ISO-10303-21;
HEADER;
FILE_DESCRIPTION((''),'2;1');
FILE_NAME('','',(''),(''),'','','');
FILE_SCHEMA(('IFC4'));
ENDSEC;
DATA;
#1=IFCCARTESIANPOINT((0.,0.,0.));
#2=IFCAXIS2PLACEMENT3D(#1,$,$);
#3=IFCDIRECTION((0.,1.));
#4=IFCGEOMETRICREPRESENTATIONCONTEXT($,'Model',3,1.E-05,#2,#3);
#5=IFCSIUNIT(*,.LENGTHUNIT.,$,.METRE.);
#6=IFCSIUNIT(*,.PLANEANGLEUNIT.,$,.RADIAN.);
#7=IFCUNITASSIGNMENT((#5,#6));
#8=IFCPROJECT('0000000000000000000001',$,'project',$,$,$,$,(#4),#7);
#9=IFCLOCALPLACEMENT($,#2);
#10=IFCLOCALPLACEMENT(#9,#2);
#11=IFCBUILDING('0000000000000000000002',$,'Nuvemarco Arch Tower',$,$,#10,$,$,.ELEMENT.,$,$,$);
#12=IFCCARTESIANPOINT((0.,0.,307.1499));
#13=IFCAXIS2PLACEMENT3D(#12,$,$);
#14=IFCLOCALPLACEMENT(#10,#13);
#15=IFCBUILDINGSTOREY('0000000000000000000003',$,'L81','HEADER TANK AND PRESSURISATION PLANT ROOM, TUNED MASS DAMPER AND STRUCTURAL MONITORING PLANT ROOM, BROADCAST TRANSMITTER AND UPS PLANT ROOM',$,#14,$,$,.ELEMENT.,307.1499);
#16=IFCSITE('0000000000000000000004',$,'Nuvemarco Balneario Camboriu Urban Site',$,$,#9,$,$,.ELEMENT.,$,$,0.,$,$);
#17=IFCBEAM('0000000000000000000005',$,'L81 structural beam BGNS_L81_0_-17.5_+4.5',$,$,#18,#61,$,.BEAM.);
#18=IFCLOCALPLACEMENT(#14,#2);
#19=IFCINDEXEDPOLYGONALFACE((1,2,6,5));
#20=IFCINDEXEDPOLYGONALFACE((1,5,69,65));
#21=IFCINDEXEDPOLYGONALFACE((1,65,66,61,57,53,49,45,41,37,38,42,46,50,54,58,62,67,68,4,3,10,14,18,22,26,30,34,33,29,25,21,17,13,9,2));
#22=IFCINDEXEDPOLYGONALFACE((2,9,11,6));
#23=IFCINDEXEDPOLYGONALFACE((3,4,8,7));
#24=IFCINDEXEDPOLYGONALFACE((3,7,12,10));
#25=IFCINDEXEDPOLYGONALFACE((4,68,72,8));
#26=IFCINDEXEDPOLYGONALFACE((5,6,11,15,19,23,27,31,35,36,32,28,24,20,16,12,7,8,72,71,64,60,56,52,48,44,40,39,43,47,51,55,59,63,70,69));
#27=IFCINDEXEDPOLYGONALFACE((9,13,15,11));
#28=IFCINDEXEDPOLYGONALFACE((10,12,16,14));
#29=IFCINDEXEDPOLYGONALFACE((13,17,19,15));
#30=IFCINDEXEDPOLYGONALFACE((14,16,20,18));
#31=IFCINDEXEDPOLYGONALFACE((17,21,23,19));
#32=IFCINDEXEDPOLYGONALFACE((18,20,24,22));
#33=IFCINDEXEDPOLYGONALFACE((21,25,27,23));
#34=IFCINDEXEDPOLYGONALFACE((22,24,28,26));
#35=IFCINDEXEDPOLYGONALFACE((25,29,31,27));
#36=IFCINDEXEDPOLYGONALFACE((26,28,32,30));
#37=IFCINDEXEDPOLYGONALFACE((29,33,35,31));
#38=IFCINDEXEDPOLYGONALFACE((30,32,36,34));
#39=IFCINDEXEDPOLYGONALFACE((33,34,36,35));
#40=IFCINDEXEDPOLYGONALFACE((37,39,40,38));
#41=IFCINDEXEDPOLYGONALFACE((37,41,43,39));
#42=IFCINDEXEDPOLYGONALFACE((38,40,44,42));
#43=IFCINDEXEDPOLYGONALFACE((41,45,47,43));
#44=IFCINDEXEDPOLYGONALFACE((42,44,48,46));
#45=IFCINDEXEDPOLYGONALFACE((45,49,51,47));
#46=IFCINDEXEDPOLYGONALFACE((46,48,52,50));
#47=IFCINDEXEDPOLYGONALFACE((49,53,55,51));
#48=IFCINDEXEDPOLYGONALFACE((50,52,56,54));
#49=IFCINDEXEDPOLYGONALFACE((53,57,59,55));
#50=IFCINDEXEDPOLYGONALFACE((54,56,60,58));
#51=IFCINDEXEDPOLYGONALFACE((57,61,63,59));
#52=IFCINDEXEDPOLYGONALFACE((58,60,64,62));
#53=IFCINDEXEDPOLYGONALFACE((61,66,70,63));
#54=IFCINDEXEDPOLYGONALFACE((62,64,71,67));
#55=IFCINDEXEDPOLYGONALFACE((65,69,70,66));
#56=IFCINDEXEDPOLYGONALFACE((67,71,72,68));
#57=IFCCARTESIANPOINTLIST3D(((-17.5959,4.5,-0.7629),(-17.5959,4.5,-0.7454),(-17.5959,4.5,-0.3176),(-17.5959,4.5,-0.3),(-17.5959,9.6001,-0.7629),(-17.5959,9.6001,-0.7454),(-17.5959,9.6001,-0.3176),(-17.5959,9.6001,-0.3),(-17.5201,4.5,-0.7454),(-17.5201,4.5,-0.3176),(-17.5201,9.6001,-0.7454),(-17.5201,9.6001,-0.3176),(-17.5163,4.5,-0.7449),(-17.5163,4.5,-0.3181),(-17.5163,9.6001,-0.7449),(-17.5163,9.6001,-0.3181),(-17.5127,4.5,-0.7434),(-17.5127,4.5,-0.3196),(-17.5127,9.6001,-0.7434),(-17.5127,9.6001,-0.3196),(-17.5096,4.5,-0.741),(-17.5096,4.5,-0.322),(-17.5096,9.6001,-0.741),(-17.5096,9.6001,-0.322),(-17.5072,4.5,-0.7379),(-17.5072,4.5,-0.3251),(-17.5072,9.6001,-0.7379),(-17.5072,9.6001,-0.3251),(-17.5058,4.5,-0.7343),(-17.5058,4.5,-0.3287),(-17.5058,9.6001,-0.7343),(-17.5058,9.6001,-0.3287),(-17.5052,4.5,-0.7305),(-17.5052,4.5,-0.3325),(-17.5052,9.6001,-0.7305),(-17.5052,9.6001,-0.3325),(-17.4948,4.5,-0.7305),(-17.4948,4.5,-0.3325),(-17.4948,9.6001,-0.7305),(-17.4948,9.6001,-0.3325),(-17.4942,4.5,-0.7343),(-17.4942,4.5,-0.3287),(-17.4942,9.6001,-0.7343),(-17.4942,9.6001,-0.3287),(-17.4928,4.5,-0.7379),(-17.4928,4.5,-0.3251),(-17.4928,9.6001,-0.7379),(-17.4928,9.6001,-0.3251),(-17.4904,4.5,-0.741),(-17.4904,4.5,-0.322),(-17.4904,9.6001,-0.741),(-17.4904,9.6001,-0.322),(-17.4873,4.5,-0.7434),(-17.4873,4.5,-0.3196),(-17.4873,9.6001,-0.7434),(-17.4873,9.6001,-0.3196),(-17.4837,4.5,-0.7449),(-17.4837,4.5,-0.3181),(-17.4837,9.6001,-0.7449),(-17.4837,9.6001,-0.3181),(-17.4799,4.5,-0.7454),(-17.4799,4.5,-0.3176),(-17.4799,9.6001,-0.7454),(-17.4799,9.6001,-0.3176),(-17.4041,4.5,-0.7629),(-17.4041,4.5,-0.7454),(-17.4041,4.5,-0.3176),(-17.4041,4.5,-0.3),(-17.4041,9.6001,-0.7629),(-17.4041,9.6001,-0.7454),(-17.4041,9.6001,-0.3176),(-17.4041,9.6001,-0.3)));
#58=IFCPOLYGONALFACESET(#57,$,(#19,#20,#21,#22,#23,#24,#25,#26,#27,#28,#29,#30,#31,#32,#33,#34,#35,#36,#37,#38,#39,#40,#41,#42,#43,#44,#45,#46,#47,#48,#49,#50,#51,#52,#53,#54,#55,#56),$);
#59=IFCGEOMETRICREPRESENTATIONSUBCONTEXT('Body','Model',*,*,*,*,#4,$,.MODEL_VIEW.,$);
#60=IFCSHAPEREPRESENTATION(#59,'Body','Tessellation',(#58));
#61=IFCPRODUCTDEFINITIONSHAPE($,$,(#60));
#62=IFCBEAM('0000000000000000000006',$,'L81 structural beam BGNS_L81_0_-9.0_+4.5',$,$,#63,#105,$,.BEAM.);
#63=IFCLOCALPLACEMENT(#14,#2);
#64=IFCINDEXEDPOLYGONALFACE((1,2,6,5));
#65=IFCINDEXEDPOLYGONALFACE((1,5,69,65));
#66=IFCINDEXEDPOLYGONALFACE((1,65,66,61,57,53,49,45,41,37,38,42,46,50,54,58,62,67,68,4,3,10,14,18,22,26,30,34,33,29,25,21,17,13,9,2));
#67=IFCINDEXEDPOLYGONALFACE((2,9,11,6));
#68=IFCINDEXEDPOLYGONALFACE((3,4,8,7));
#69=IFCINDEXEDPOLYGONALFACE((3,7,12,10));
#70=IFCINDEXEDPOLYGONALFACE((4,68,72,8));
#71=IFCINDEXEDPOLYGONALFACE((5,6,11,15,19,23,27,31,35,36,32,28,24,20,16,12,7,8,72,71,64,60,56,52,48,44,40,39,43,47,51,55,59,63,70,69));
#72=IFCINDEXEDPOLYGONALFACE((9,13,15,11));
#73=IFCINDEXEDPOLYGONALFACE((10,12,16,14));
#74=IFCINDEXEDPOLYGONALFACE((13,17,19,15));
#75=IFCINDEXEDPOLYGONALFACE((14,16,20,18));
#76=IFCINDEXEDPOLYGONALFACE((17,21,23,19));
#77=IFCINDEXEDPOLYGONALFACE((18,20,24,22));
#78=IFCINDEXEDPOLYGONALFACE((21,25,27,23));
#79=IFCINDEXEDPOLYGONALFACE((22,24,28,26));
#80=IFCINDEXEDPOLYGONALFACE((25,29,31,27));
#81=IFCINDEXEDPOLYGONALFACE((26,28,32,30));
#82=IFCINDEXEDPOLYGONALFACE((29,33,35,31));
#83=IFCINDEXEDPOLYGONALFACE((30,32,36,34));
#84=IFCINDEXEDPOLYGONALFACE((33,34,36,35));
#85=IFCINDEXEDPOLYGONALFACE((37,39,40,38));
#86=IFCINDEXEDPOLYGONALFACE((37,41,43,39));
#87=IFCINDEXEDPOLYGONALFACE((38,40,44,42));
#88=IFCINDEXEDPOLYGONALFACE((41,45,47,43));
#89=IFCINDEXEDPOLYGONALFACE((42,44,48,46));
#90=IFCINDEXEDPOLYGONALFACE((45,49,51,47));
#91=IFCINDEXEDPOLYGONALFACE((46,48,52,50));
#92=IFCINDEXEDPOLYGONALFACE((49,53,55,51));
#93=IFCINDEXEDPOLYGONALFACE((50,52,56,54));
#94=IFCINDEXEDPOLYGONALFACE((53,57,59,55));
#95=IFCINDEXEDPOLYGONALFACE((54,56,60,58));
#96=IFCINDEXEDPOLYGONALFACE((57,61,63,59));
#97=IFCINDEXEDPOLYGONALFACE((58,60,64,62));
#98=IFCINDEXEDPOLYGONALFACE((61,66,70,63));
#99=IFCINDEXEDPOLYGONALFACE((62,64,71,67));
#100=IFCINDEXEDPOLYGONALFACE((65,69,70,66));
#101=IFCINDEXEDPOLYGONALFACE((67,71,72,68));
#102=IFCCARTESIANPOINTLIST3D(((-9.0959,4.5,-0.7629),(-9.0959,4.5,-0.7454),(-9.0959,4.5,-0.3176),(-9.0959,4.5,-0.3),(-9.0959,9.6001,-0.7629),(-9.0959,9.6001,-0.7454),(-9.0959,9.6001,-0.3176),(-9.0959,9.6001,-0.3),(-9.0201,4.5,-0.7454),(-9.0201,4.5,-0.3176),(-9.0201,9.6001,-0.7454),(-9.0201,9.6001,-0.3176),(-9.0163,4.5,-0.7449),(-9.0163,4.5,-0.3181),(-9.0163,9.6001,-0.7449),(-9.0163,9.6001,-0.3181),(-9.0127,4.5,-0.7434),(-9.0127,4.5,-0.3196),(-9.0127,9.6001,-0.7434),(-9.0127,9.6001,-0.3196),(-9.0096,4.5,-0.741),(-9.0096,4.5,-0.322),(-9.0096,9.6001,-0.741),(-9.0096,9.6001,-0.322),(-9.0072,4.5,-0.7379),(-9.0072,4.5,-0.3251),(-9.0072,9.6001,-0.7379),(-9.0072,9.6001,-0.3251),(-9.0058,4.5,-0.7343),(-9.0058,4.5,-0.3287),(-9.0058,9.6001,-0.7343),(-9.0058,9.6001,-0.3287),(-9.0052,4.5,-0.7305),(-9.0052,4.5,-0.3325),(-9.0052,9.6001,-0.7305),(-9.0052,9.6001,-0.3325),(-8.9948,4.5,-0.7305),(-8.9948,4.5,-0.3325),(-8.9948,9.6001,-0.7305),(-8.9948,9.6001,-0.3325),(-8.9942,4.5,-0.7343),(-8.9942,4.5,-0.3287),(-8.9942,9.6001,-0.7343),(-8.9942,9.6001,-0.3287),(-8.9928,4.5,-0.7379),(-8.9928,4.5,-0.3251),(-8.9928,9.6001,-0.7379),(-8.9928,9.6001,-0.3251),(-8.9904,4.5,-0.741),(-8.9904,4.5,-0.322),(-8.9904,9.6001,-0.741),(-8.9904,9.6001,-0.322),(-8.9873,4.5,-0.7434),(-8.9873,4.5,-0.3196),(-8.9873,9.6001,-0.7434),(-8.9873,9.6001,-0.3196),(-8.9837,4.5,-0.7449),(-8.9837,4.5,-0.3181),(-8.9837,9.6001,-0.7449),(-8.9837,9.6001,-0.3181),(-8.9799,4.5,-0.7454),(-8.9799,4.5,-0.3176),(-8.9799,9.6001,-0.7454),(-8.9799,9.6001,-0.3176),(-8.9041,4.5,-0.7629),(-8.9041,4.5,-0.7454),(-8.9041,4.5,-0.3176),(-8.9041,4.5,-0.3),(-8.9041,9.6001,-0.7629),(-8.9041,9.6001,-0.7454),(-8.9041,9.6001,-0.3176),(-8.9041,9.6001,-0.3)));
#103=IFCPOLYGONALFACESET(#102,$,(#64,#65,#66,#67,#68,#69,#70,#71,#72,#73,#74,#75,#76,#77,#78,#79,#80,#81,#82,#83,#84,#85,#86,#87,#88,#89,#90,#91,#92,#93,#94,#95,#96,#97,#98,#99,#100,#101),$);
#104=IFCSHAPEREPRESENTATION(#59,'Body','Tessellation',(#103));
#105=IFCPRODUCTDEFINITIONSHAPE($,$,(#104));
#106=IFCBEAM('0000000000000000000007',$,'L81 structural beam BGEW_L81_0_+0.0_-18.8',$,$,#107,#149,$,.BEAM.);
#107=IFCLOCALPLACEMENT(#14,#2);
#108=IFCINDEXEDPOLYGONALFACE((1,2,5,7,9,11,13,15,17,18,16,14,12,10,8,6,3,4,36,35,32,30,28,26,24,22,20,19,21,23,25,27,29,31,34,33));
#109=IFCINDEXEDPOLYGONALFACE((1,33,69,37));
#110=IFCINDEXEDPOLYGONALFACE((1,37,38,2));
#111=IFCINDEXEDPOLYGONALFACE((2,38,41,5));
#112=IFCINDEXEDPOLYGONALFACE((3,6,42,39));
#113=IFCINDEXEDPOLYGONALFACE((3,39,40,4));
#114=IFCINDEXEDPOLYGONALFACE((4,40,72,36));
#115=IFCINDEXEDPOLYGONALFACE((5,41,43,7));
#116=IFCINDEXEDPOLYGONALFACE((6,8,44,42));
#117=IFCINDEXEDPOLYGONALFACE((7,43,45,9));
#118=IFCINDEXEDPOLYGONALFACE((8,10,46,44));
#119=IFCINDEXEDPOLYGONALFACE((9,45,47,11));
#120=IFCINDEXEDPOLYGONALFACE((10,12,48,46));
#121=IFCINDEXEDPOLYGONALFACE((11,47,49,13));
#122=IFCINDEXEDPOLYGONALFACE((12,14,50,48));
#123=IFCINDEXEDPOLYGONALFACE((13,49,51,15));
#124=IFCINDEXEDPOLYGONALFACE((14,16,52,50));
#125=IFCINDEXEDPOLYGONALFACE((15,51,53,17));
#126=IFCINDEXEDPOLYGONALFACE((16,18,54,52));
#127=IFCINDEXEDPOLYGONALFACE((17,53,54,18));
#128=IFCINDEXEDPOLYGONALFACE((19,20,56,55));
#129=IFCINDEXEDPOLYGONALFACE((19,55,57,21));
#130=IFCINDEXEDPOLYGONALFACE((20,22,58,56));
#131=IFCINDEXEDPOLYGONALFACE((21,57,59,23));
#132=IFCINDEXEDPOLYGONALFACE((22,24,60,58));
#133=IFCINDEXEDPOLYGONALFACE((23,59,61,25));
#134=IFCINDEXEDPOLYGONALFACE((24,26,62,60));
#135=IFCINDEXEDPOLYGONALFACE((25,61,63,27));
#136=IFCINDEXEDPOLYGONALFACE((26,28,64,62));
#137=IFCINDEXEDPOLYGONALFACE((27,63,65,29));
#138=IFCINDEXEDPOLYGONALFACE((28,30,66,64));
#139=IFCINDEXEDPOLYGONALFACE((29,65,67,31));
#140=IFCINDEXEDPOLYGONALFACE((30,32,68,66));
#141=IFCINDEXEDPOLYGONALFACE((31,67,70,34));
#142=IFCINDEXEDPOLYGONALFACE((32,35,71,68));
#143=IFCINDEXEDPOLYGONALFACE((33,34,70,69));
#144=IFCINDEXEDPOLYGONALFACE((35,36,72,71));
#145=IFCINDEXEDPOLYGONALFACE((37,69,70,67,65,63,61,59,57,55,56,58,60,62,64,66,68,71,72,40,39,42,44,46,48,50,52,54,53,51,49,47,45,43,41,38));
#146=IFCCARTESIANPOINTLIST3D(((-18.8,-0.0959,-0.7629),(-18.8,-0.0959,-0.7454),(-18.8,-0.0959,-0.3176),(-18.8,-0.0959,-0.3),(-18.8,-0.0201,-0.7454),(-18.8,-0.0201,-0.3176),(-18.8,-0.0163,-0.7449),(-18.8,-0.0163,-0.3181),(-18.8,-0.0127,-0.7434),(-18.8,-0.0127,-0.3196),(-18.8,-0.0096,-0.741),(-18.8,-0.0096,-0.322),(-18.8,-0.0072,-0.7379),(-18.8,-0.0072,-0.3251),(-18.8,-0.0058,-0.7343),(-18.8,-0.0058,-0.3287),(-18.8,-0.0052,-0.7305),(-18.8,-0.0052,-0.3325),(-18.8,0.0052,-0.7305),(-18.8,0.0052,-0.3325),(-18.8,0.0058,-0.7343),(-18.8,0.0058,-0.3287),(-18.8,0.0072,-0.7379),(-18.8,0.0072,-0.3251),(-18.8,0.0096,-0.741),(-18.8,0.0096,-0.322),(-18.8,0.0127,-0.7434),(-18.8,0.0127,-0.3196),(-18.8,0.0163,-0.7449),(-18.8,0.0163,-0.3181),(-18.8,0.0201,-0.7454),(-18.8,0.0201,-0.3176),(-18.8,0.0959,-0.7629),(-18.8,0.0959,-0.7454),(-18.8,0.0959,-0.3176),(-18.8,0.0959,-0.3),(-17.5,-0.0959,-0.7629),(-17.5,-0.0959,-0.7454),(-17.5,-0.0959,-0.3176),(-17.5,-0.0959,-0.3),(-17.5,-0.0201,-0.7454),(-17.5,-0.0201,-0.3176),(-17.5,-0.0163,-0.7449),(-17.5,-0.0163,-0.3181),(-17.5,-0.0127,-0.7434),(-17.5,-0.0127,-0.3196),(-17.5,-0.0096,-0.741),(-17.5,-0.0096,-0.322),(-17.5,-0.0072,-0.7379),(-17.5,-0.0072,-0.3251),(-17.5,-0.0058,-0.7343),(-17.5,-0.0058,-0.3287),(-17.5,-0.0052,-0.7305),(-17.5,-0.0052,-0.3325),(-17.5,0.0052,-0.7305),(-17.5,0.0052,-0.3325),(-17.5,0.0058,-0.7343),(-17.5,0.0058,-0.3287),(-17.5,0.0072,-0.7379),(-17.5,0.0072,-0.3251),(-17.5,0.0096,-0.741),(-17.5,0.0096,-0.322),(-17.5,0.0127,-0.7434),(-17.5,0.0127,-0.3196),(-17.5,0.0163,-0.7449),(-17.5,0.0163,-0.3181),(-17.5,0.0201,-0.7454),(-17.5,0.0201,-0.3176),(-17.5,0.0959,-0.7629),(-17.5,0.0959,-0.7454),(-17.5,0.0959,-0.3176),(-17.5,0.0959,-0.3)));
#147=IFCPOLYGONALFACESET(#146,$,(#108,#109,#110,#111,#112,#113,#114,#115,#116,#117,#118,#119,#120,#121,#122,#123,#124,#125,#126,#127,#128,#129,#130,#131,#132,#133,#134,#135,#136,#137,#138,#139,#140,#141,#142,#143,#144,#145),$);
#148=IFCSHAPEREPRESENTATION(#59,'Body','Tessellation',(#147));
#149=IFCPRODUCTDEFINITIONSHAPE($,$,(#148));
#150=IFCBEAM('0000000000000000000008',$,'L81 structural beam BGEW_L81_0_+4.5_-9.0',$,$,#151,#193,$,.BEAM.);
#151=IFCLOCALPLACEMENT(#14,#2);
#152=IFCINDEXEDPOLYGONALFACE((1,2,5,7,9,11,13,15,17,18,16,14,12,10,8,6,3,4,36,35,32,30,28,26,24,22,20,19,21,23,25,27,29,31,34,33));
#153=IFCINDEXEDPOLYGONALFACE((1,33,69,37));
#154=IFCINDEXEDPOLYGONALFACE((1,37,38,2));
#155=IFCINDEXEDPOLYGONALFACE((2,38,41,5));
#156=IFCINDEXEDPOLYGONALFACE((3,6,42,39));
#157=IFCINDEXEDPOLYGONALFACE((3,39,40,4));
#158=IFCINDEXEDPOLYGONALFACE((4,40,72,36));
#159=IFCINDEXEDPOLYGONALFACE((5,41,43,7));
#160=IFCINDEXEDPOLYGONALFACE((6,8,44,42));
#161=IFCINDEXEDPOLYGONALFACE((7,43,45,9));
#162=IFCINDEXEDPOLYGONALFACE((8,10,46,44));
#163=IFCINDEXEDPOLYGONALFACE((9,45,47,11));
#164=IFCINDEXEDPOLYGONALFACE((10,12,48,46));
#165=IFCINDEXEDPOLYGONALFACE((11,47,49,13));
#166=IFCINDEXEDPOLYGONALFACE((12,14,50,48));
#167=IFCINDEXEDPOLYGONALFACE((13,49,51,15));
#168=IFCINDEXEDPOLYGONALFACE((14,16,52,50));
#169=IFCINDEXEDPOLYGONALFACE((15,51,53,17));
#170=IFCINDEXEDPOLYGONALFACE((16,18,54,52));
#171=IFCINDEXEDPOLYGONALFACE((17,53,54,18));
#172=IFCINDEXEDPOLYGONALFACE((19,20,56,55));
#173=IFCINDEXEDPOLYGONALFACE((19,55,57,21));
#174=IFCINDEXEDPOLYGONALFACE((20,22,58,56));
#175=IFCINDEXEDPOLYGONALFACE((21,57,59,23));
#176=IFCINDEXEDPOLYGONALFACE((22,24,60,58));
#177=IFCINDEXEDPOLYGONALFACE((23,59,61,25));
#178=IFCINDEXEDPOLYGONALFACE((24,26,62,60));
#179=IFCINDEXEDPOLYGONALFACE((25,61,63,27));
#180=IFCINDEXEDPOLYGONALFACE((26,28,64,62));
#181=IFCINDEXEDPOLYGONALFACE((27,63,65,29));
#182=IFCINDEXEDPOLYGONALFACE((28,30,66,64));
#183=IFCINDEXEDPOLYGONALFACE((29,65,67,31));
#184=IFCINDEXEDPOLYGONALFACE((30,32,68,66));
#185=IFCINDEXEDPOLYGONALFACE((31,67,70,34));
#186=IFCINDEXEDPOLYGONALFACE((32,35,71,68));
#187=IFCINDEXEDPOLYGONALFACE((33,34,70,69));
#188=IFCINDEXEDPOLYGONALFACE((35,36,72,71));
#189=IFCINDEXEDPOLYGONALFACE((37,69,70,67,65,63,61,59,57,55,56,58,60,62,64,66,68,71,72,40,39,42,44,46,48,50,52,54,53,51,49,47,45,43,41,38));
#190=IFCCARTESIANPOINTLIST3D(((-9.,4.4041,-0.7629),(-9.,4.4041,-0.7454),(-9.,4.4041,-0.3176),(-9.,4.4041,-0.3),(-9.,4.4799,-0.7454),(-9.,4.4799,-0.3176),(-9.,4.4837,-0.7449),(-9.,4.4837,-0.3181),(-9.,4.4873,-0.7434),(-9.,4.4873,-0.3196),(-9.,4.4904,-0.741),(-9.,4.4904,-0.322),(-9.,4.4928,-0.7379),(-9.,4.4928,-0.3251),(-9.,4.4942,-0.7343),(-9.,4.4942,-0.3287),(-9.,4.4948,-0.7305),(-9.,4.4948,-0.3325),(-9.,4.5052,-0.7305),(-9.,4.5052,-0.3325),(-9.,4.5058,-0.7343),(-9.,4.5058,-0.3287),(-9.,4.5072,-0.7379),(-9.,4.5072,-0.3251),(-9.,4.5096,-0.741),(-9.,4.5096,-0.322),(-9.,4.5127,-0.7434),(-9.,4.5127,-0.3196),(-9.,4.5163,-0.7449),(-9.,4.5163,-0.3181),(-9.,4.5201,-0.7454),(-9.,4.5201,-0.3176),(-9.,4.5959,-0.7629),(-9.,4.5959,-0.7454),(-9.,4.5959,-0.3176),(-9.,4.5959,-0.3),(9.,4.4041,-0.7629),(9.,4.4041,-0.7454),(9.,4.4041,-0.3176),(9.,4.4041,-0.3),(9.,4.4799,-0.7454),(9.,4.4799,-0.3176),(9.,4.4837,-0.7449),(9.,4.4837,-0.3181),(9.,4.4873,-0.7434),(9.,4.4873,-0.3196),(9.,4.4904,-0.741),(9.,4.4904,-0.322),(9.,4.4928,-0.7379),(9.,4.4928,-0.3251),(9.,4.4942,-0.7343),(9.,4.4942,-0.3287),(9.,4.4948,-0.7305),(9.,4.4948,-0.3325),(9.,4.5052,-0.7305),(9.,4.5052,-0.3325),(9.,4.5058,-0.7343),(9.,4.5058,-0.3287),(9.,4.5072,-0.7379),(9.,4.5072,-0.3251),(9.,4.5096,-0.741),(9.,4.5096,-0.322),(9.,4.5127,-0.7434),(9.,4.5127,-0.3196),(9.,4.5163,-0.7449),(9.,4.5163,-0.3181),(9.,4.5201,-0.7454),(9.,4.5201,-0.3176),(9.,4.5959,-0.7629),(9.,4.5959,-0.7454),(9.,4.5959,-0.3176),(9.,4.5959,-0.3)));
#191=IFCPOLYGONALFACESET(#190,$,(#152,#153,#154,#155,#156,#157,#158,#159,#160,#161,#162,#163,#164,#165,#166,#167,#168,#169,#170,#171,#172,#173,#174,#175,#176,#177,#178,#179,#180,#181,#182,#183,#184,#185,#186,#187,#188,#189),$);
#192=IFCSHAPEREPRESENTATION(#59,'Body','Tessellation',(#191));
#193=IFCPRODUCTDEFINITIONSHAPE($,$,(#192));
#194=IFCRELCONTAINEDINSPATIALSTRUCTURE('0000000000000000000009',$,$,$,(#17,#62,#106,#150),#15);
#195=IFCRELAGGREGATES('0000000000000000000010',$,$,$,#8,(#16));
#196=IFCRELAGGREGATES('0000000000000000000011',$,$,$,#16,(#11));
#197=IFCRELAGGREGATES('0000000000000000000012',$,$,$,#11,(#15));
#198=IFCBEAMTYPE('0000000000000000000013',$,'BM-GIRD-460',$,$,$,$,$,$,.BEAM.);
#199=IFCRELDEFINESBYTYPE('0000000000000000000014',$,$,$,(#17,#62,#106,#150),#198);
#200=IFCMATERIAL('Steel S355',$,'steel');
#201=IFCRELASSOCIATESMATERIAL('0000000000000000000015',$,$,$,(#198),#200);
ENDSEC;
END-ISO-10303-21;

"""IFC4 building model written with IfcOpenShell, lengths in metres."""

from ifc_helpers import new_model, si_unit, direction, frame, origin, origin_2d, place, context, subcontext, project, spatial, i_section, extrude, material, material_profile, profile_set, type_object, element, save


model = new_model("IFC4")

# Units and contexts
model_context = context("Model", 3, precision=1e-05, world=origin(), true_north=direction((0.0, 1.0)))
body_context = subcontext(model_context, "Body", "Model", "MODEL_VIEW")
ifc_project = project(units=[si_unit("LENGTHUNIT", "METRE"), si_unit("PLANEANGLEUNIT", "RADIAN")], contexts=[model_context])

# Site, building, storey
site_placement = place(None, origin())
site = spatial("IfcSite", under=ifc_project, at=site_placement, Name="Nuvemarco Balneario Camboriu Urban Site", CompositionType="ELEMENT", RefElevation=0.0)
building_placement = place(site_placement, origin())
building = spatial("IfcBuilding", under=site, at=building_placement, Name="Nuvemarco Arch Tower", CompositionType="ELEMENT")
storey_placement = place(building_placement, frame((0.0, 0.0, 307.1499)))
storey = spatial("IfcBuildingStorey", under=building, at=storey_placement, Name="L81", Description="HEADER TANK AND PRESSURISATION PLANT ROOM, TUNED MASS DAMPER AND STRUCTURAL MONITORING PLANT ROOM, BROADCAST TRANSMITTER AND UPS PLANT ROOM", CompositionType="ELEMENT", Elevation=307.1499)

# Shared definitions
ifc_material_1 = material(Name="Steel S355", Category="steel")

# Beams
ifc_material_profile_1 = material_profile(ifc_material_1, i_section(OverallWidth=0.1919, OverallDepth=0.4629, WebThickness=0.0105, FlangeThickness=0.0176, FilletRadius=0.0149, at=origin_2d()), Name="W460x89")
ifc_profile_set_1 = profile_set([ifc_material_profile_1], Name="Steel S355")
beam_type_1 = type_object("IfcBeamType", Name="BM-GIRD-460", PredefinedType="BEAM", material=ifc_profile_set_1)
for number, where, z_axis, x_axis, name in (
    (1, (-17.5, 4.5, -0.5315), (0.0, 1.0, 0.0), (-1.0, 0.0, 0.0), "L81 structural beam BGNS_L81_0_-17.5_+4.5"),
    (2, (-9.0, 4.5, -0.5315), (0.0, 1.0, 0.0), (-1.0, 0.0, 0.0), "L81 structural beam BGNS_L81_0_-9.0_+4.5"),
):
    element("IfcBeam", number, at=place(storey_placement, frame(where, z_axis=z_axis, x_axis=x_axis)), inside=storey, type_object=beam_type_1, Name=name, PredefinedType="BEAM", context=body_context, shape_type="SweptSolid", body=[
        extrude(i_section(OverallWidth=0.1919, OverallDepth=0.4629, WebThickness=0.0105, FlangeThickness=0.0176, FilletRadius=0.0149, at=origin_2d()), origin(), (0.0, 0.0, 1.0), 5.1001),
    ])
beam_1_placement = place(storey_placement, frame((-18.8, 0.0, -0.5315), z_axis=(1.0, 0.0, 0.0), x_axis=(0.0, 1.0, 0.0)))
element("IfcBeam", 3, at=beam_1_placement, inside=storey, type_object=beam_type_1, Name="L81 structural beam BGEW_L81_0_+0.0_-18.8", PredefinedType="BEAM", context=body_context, shape_type="SweptSolid", body=[
    extrude(i_section(OverallWidth=0.1919, OverallDepth=0.4629, WebThickness=0.0105, FlangeThickness=0.0176, FilletRadius=0.0149, at=origin_2d()), origin(), (0.0, 0.0, 1.0), 1.3),
])
beam_2_placement = place(storey_placement, frame((-9.0, 4.5, -0.5315), z_axis=(1.0, 0.0, 0.0), x_axis=(0.0, 1.0, 0.0)))
element("IfcBeam", 4, at=beam_2_placement, inside=storey, type_object=beam_type_1, Name="L81 structural beam BGEW_L81_0_+4.5_-9.0", PredefinedType="BEAM", context=body_context, shape_type="SweptSolid", body=[
    extrude(i_section(OverallWidth=0.1919, OverallDepth=0.4629, WebThickness=0.0105, FlangeThickness=0.0176, FilletRadius=0.0149, at=origin_2d()), origin(), (0.0, 0.0, 1.0), 18.0),
])

save(model, "model.ifc")
